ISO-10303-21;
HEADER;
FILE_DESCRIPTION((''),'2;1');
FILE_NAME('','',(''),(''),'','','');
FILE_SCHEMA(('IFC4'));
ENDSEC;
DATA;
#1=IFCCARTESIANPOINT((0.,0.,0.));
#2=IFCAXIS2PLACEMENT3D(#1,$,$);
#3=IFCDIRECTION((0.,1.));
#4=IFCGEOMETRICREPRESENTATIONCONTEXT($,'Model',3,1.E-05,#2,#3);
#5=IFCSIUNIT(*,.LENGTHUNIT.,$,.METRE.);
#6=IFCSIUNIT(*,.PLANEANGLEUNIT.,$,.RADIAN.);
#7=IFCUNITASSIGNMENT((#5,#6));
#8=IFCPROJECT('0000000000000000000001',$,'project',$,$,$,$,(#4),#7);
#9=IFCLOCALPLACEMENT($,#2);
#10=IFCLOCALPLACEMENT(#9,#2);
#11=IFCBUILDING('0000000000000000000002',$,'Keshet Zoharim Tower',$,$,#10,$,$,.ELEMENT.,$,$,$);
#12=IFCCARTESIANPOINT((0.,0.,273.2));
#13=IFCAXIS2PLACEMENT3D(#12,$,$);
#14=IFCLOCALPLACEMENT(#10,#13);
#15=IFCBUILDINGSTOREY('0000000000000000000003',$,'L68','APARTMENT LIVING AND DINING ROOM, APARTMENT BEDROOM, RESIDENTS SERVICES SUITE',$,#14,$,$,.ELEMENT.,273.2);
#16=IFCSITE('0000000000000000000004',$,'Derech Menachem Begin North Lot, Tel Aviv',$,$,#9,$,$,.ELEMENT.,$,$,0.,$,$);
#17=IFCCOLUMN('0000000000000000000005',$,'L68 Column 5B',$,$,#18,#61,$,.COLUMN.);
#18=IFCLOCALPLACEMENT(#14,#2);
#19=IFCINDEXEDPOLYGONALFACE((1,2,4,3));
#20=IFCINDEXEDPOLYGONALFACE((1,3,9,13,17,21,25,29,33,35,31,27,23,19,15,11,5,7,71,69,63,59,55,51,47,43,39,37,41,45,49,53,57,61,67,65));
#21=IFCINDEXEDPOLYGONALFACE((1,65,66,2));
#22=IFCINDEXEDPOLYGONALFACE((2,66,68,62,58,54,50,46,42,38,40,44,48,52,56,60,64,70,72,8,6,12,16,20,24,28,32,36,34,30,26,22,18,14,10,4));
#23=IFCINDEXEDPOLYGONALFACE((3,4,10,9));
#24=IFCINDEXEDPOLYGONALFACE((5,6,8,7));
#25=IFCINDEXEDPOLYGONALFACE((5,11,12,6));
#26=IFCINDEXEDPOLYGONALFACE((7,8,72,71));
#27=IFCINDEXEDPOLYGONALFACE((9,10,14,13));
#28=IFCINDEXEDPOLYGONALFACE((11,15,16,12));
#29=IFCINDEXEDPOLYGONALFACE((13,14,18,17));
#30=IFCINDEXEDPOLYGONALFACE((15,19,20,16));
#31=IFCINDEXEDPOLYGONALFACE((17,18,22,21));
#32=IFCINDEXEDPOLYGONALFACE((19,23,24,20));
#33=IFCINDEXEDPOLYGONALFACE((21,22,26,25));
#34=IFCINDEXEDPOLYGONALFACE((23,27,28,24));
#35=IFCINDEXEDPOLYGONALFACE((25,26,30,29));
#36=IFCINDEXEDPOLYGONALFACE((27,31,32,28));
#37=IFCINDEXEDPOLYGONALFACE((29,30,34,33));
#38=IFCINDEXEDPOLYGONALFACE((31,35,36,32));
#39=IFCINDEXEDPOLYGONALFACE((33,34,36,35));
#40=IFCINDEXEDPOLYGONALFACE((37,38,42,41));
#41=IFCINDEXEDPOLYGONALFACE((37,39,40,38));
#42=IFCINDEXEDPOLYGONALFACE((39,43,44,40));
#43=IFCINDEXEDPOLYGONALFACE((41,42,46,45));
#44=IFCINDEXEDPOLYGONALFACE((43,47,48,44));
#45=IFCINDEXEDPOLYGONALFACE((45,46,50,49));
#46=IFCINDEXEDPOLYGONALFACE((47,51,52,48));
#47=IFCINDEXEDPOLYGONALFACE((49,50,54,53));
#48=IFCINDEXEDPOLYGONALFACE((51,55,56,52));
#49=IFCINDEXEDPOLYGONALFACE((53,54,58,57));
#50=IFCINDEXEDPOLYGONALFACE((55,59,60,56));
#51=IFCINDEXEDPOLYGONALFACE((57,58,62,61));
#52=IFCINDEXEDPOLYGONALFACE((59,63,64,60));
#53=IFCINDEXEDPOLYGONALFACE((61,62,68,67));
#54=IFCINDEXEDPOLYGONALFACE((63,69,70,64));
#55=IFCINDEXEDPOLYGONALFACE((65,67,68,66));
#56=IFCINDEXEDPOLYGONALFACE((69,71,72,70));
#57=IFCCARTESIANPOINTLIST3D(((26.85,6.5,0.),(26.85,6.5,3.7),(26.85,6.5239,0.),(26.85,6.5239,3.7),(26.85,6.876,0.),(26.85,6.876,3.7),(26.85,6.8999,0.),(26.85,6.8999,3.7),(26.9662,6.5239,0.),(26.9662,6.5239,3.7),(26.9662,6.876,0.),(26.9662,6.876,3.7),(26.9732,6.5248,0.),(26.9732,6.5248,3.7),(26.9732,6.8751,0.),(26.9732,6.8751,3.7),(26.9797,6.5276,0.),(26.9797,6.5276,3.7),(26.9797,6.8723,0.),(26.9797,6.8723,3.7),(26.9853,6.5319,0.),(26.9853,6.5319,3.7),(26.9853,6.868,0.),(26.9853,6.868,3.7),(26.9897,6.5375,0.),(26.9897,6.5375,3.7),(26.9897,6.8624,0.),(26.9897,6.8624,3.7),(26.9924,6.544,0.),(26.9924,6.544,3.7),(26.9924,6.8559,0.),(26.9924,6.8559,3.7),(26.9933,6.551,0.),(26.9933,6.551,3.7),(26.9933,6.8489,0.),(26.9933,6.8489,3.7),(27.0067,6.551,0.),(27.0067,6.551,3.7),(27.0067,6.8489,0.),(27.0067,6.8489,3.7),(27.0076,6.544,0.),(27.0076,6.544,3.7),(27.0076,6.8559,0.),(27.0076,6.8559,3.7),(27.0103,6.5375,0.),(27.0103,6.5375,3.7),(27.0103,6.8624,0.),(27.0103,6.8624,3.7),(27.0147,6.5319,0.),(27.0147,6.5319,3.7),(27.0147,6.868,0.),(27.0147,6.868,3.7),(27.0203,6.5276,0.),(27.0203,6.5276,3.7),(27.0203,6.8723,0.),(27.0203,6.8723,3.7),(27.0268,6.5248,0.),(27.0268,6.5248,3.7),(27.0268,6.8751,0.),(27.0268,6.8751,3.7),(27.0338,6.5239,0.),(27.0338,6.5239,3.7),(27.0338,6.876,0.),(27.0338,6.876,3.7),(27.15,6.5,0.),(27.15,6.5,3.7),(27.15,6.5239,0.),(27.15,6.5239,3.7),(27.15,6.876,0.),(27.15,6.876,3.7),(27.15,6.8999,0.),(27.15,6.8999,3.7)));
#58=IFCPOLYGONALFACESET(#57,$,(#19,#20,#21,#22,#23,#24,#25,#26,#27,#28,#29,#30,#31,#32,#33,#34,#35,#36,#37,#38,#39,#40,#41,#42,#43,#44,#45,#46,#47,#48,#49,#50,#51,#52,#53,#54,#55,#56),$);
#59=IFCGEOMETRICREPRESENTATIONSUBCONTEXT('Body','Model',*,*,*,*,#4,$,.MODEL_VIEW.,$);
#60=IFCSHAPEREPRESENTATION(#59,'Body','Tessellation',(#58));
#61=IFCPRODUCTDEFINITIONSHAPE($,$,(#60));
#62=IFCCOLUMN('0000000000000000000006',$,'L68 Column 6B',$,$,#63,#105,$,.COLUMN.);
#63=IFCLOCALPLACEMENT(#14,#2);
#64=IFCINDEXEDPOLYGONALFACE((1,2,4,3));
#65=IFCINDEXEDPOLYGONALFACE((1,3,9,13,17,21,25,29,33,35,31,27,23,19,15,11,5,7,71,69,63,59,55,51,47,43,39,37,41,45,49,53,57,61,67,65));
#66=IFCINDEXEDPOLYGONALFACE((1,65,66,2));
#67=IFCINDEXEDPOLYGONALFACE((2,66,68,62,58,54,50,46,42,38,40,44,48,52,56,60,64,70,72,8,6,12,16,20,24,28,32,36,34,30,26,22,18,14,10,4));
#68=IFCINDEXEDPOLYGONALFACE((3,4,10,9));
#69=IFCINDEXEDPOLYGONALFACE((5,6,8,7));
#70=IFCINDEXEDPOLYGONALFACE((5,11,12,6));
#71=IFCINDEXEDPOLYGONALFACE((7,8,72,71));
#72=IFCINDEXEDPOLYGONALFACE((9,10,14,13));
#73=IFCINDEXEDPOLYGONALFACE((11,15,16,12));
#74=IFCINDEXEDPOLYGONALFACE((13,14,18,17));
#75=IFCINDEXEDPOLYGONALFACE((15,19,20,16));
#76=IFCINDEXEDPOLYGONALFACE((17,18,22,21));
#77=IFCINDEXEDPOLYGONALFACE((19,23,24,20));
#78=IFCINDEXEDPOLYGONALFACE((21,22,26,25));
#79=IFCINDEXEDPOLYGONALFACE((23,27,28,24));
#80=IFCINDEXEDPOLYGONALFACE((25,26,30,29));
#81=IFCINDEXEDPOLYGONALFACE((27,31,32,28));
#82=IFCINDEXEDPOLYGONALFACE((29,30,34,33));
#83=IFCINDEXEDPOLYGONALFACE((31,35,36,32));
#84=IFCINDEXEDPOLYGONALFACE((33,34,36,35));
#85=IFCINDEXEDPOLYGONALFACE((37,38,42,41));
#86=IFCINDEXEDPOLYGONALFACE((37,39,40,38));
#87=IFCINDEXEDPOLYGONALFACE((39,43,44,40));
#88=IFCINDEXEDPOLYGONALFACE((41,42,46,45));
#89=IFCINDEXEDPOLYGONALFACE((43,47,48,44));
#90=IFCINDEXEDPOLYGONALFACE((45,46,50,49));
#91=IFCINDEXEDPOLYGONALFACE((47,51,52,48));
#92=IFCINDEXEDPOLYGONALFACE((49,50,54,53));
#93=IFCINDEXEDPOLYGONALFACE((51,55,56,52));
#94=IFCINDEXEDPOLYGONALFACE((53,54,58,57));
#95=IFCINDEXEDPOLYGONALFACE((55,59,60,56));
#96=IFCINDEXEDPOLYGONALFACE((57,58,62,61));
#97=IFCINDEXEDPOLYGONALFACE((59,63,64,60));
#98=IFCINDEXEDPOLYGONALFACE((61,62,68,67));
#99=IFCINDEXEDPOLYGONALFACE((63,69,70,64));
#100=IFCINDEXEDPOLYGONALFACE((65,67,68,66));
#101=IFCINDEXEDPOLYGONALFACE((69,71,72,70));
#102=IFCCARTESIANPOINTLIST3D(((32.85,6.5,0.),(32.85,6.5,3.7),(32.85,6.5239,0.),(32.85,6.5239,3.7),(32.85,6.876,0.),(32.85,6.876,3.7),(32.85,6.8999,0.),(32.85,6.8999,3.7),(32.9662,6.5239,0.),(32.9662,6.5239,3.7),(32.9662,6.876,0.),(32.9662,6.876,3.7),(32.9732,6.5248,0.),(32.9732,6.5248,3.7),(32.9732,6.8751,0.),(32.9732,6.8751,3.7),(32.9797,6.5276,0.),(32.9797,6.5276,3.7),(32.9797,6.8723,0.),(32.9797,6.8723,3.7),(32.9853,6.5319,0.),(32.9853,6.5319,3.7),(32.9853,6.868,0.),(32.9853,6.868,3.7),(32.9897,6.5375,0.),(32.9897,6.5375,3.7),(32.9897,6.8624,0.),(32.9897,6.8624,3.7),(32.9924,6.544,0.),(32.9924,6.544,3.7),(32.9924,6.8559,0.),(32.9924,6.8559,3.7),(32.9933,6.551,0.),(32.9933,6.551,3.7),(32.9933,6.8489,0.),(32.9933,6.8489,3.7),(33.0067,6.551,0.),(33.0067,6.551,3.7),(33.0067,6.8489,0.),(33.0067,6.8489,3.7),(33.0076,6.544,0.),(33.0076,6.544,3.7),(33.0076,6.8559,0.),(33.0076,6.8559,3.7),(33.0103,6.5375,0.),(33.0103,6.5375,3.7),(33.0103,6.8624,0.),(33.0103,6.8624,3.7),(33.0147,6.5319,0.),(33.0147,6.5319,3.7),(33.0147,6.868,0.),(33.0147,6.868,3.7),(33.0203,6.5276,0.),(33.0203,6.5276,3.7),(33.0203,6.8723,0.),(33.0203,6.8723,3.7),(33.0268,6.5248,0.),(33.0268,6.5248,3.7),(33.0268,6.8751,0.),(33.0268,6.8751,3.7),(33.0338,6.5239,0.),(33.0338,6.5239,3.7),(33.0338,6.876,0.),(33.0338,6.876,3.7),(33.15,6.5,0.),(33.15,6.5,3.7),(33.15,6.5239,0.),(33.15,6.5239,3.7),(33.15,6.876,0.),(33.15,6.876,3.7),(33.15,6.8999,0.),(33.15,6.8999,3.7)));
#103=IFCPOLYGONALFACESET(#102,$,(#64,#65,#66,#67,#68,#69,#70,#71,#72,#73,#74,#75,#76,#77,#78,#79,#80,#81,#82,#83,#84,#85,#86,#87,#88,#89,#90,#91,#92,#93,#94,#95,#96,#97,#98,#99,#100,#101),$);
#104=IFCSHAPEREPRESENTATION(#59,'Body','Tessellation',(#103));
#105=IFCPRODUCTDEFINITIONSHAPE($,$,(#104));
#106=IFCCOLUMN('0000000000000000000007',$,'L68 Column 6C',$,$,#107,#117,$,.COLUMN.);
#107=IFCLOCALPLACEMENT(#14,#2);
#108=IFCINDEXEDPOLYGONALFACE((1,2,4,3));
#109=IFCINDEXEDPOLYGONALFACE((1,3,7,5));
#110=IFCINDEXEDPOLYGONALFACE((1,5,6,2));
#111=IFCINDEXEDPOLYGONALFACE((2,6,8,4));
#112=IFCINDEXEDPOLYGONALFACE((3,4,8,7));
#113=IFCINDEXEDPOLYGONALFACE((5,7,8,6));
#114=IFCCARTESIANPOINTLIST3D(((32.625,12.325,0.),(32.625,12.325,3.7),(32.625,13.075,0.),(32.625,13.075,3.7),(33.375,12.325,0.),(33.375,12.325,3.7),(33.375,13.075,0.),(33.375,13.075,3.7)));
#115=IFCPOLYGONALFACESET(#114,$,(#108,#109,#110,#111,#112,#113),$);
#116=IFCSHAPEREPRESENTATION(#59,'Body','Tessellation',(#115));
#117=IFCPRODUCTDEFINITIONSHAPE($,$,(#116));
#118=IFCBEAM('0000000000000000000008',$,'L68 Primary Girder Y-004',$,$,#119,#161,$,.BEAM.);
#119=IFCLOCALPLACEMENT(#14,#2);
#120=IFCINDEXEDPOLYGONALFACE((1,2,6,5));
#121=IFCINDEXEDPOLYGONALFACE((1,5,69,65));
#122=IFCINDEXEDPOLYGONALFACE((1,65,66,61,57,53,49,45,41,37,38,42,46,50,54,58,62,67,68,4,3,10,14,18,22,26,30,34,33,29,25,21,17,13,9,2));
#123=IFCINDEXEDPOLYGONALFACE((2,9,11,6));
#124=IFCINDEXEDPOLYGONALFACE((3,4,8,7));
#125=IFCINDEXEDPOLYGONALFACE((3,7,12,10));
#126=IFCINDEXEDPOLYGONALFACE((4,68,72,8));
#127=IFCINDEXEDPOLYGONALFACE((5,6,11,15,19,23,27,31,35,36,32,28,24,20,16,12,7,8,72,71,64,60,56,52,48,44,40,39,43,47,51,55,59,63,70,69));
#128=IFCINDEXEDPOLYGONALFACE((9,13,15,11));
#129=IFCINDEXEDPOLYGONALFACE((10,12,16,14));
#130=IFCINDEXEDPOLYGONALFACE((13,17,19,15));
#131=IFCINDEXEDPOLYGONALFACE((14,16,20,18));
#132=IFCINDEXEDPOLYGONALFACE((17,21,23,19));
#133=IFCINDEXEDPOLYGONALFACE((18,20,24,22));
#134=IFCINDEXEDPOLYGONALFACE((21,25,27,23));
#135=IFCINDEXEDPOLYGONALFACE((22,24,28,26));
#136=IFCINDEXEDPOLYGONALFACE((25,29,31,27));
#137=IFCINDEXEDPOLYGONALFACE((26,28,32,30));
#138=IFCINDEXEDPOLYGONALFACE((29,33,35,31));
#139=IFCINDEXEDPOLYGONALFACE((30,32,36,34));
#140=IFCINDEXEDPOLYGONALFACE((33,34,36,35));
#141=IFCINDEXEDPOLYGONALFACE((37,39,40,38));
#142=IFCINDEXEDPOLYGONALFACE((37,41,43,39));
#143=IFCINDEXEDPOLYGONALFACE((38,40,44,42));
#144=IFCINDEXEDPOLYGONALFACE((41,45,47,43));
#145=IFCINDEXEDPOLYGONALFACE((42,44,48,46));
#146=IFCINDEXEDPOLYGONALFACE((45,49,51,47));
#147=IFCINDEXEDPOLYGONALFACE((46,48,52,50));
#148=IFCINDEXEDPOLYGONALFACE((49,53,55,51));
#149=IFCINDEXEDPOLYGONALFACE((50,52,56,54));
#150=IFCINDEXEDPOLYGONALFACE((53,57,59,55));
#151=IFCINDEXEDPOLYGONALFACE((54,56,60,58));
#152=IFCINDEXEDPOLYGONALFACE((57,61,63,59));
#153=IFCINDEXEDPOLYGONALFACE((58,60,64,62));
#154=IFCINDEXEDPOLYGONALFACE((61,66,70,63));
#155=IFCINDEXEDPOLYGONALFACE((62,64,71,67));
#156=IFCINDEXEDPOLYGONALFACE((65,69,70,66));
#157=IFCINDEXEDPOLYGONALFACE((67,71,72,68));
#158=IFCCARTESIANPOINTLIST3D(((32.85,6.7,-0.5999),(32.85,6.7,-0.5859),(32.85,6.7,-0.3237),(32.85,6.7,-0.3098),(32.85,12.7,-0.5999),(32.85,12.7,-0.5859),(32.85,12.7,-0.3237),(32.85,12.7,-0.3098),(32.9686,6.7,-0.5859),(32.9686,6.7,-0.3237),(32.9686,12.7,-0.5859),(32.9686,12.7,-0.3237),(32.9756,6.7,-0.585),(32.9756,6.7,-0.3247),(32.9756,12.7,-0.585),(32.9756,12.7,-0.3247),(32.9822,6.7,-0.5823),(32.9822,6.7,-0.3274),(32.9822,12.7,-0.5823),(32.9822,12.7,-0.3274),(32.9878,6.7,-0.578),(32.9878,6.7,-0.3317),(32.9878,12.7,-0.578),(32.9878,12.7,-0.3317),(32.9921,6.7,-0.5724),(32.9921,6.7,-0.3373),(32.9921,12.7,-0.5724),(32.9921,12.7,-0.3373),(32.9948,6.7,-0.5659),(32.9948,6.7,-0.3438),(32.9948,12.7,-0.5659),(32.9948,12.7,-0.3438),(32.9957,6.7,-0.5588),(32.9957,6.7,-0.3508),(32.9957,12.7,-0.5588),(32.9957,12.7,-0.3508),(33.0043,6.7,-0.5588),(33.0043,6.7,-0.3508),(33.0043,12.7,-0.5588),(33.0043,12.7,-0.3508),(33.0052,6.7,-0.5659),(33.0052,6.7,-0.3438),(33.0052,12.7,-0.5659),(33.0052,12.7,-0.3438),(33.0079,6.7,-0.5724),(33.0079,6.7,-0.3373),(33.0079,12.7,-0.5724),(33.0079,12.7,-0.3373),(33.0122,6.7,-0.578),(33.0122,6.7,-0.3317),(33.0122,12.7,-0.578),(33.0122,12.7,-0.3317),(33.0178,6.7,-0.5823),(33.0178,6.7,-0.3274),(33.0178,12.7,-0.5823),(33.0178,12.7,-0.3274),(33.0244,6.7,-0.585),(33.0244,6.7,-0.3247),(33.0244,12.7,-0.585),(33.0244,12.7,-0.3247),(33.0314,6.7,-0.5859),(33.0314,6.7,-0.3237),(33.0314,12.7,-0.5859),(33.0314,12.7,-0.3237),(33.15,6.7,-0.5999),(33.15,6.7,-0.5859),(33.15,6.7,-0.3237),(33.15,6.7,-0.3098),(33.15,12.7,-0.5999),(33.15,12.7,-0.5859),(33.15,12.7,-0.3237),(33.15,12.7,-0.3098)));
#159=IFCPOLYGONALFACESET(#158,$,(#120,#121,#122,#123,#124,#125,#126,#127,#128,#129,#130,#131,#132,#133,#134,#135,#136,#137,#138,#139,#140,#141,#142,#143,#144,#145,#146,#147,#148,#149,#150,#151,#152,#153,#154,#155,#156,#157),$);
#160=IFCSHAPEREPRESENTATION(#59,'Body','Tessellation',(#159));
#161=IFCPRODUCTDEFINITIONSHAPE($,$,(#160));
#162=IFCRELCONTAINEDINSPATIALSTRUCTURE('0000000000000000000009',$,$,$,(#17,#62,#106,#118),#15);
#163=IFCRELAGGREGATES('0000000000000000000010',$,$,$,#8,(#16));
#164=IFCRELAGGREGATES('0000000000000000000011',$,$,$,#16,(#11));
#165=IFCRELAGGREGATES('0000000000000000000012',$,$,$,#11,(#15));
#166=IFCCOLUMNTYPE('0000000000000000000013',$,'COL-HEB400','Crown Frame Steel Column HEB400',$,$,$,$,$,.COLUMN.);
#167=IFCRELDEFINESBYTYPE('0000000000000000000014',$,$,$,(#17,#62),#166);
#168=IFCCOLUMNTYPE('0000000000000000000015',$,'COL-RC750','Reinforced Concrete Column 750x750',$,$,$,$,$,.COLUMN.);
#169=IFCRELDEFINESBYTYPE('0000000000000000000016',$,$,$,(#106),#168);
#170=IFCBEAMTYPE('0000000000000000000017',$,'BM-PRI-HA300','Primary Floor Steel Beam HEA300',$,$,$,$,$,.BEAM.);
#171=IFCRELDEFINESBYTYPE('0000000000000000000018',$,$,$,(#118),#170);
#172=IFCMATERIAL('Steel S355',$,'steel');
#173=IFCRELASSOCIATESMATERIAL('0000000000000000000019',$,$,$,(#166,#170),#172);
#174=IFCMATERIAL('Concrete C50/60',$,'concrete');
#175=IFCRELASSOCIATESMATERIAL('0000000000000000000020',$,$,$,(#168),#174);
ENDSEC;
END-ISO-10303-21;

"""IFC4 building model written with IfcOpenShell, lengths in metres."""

from ifc_helpers import new_model, si_unit, direction, frame, origin, origin_2d, place, context, subcontext, project, spatial, rectangle, i_section, extrude, material, material_profile, profile_set, type_object, element, save


model = new_model("IFC4")

# Units and contexts
model_context = context("Model", 3, precision=1e-05, world=origin(), true_north=direction((0.0, 1.0)))
body_context = subcontext(model_context, "Body", "Model", "MODEL_VIEW")
ifc_project = project(units=[si_unit("LENGTHUNIT", "METRE"), si_unit("PLANEANGLEUNIT", "RADIAN")], contexts=[model_context])

# Site, building, storey
site_placement = place(None, origin())
site = spatial("IfcSite", under=ifc_project, at=site_placement, Name="Derech Menachem Begin North Lot, Tel Aviv", CompositionType="ELEMENT", RefElevation=0.0)
building_placement = place(site_placement, origin())
building = spatial("IfcBuilding", under=site, at=building_placement, Name="Keshet Zoharim Tower", CompositionType="ELEMENT")
storey_placement = place(building_placement, frame((0.0, 0.0, 273.2)))
storey = spatial("IfcBuildingStorey", under=building, at=storey_placement, Name="L68", Description="APARTMENT LIVING AND DINING ROOM, APARTMENT BEDROOM, RESIDENTS SERVICES SUITE", CompositionType="ELEMENT", Elevation=273.2)

# Columns
ifc_material_1 = material(Name="Steel S355", Category="steel")
ifc_material_profile_1 = material_profile(ifc_material_1, i_section(OverallWidth=0.3, OverallDepth=0.3999, WebThickness=0.0134, FlangeThickness=0.0239, FilletRadius=0.0271, at=origin_2d()), Name="HEB400")
ifc_profile_set_1 = profile_set([ifc_material_profile_1], Name="Steel S355")
column_type_1 = type_object("IfcColumnType", Name="COL-HEB400", Description="Crown Frame Steel Column HEB400", PredefinedType="COLUMN", material=ifc_profile_set_1)
for number, where, z_axis, x_axis, name in (
    (1, (27.0, 6.7, 0.0), (0.0, 0.0, 1.0), (1.0, 0.0, 0.0), "L68 Column 5B"),
    (2, (33.0, 6.7, 0.0), (0.0, 0.0, 1.0), (1.0, 0.0, 0.0), "L68 Column 6B"),
):
    element("IfcColumn", number, at=place(storey_placement, frame(where, z_axis=z_axis, x_axis=x_axis)), inside=storey, type_object=column_type_1, Name=name, PredefinedType="COLUMN", context=body_context, shape_type="SweptSolid", body=[
        extrude(i_section(OverallWidth=0.3, OverallDepth=0.3999, WebThickness=0.0134, FlangeThickness=0.0239, FilletRadius=0.0271, at=origin_2d()), origin(), (0.0, 0.0, 1.0), 3.7),
    ])
ifc_material_2 = material(Name="Concrete C50/60", Category="concrete")
ifc_material_profile_2 = material_profile(ifc_material_2, rectangle(XDim=0.75, YDim=0.75, at=origin_2d()), Name="RC750x750")
ifc_profile_set_2 = profile_set([ifc_material_profile_2], Name="Concrete C50/60")
column_type_2 = type_object("IfcColumnType", Name="COL-RC750", Description="Reinforced Concrete Column 750x750", PredefinedType="COLUMN", material=ifc_profile_set_2)
column_placement = place(storey_placement, frame((33.0, 12.7, 0.0), z_axis=(0.0, 0.0, 1.0), x_axis=(1.0, 0.0, 0.0)))
element("IfcColumn", 3, at=column_placement, inside=storey, type_object=column_type_2, Name="L68 Column 6C", PredefinedType="COLUMN", context=body_context, shape_type="SweptSolid", body=[
    extrude(rectangle(XDim=0.75, YDim=0.75, at=origin_2d()), origin(), (0.0, 0.0, 1.0), 3.7),
])

# Beam
ifc_material_profile_3 = material_profile(ifc_material_1, i_section(OverallWidth=0.3, OverallDepth=0.29, WebThickness=0.0085, FlangeThickness=0.0139, FilletRadius=0.0271, at=origin_2d()), Name="HEA300")
ifc_profile_set_3 = profile_set([ifc_material_profile_3], Name="Steel S355")
beam_type_1 = type_object("IfcBeamType", Name="BM-PRI-HA300", Description="Primary Floor Steel Beam HEA300", PredefinedType="BEAM", material=ifc_profile_set_3)
beam_1_placement = place(storey_placement, frame((33.0, 6.7, -0.4548), z_axis=(0.0, 1.0, 0.0), x_axis=(-1.0, 0.0, 0.0)))
element("IfcBeam", 4, at=beam_1_placement, inside=storey, type_object=beam_type_1, Name="L68 Primary Girder Y-004", PredefinedType="BEAM", context=body_context, shape_type="SweptSolid", body=[
    extrude(i_section(OverallWidth=0.3, OverallDepth=0.29, WebThickness=0.0085, FlangeThickness=0.0139, FilletRadius=0.0271, at=origin_2d()), origin(), (0.0, 0.0, 1.0), 6.0),
])

save(model, "model.ifc")
